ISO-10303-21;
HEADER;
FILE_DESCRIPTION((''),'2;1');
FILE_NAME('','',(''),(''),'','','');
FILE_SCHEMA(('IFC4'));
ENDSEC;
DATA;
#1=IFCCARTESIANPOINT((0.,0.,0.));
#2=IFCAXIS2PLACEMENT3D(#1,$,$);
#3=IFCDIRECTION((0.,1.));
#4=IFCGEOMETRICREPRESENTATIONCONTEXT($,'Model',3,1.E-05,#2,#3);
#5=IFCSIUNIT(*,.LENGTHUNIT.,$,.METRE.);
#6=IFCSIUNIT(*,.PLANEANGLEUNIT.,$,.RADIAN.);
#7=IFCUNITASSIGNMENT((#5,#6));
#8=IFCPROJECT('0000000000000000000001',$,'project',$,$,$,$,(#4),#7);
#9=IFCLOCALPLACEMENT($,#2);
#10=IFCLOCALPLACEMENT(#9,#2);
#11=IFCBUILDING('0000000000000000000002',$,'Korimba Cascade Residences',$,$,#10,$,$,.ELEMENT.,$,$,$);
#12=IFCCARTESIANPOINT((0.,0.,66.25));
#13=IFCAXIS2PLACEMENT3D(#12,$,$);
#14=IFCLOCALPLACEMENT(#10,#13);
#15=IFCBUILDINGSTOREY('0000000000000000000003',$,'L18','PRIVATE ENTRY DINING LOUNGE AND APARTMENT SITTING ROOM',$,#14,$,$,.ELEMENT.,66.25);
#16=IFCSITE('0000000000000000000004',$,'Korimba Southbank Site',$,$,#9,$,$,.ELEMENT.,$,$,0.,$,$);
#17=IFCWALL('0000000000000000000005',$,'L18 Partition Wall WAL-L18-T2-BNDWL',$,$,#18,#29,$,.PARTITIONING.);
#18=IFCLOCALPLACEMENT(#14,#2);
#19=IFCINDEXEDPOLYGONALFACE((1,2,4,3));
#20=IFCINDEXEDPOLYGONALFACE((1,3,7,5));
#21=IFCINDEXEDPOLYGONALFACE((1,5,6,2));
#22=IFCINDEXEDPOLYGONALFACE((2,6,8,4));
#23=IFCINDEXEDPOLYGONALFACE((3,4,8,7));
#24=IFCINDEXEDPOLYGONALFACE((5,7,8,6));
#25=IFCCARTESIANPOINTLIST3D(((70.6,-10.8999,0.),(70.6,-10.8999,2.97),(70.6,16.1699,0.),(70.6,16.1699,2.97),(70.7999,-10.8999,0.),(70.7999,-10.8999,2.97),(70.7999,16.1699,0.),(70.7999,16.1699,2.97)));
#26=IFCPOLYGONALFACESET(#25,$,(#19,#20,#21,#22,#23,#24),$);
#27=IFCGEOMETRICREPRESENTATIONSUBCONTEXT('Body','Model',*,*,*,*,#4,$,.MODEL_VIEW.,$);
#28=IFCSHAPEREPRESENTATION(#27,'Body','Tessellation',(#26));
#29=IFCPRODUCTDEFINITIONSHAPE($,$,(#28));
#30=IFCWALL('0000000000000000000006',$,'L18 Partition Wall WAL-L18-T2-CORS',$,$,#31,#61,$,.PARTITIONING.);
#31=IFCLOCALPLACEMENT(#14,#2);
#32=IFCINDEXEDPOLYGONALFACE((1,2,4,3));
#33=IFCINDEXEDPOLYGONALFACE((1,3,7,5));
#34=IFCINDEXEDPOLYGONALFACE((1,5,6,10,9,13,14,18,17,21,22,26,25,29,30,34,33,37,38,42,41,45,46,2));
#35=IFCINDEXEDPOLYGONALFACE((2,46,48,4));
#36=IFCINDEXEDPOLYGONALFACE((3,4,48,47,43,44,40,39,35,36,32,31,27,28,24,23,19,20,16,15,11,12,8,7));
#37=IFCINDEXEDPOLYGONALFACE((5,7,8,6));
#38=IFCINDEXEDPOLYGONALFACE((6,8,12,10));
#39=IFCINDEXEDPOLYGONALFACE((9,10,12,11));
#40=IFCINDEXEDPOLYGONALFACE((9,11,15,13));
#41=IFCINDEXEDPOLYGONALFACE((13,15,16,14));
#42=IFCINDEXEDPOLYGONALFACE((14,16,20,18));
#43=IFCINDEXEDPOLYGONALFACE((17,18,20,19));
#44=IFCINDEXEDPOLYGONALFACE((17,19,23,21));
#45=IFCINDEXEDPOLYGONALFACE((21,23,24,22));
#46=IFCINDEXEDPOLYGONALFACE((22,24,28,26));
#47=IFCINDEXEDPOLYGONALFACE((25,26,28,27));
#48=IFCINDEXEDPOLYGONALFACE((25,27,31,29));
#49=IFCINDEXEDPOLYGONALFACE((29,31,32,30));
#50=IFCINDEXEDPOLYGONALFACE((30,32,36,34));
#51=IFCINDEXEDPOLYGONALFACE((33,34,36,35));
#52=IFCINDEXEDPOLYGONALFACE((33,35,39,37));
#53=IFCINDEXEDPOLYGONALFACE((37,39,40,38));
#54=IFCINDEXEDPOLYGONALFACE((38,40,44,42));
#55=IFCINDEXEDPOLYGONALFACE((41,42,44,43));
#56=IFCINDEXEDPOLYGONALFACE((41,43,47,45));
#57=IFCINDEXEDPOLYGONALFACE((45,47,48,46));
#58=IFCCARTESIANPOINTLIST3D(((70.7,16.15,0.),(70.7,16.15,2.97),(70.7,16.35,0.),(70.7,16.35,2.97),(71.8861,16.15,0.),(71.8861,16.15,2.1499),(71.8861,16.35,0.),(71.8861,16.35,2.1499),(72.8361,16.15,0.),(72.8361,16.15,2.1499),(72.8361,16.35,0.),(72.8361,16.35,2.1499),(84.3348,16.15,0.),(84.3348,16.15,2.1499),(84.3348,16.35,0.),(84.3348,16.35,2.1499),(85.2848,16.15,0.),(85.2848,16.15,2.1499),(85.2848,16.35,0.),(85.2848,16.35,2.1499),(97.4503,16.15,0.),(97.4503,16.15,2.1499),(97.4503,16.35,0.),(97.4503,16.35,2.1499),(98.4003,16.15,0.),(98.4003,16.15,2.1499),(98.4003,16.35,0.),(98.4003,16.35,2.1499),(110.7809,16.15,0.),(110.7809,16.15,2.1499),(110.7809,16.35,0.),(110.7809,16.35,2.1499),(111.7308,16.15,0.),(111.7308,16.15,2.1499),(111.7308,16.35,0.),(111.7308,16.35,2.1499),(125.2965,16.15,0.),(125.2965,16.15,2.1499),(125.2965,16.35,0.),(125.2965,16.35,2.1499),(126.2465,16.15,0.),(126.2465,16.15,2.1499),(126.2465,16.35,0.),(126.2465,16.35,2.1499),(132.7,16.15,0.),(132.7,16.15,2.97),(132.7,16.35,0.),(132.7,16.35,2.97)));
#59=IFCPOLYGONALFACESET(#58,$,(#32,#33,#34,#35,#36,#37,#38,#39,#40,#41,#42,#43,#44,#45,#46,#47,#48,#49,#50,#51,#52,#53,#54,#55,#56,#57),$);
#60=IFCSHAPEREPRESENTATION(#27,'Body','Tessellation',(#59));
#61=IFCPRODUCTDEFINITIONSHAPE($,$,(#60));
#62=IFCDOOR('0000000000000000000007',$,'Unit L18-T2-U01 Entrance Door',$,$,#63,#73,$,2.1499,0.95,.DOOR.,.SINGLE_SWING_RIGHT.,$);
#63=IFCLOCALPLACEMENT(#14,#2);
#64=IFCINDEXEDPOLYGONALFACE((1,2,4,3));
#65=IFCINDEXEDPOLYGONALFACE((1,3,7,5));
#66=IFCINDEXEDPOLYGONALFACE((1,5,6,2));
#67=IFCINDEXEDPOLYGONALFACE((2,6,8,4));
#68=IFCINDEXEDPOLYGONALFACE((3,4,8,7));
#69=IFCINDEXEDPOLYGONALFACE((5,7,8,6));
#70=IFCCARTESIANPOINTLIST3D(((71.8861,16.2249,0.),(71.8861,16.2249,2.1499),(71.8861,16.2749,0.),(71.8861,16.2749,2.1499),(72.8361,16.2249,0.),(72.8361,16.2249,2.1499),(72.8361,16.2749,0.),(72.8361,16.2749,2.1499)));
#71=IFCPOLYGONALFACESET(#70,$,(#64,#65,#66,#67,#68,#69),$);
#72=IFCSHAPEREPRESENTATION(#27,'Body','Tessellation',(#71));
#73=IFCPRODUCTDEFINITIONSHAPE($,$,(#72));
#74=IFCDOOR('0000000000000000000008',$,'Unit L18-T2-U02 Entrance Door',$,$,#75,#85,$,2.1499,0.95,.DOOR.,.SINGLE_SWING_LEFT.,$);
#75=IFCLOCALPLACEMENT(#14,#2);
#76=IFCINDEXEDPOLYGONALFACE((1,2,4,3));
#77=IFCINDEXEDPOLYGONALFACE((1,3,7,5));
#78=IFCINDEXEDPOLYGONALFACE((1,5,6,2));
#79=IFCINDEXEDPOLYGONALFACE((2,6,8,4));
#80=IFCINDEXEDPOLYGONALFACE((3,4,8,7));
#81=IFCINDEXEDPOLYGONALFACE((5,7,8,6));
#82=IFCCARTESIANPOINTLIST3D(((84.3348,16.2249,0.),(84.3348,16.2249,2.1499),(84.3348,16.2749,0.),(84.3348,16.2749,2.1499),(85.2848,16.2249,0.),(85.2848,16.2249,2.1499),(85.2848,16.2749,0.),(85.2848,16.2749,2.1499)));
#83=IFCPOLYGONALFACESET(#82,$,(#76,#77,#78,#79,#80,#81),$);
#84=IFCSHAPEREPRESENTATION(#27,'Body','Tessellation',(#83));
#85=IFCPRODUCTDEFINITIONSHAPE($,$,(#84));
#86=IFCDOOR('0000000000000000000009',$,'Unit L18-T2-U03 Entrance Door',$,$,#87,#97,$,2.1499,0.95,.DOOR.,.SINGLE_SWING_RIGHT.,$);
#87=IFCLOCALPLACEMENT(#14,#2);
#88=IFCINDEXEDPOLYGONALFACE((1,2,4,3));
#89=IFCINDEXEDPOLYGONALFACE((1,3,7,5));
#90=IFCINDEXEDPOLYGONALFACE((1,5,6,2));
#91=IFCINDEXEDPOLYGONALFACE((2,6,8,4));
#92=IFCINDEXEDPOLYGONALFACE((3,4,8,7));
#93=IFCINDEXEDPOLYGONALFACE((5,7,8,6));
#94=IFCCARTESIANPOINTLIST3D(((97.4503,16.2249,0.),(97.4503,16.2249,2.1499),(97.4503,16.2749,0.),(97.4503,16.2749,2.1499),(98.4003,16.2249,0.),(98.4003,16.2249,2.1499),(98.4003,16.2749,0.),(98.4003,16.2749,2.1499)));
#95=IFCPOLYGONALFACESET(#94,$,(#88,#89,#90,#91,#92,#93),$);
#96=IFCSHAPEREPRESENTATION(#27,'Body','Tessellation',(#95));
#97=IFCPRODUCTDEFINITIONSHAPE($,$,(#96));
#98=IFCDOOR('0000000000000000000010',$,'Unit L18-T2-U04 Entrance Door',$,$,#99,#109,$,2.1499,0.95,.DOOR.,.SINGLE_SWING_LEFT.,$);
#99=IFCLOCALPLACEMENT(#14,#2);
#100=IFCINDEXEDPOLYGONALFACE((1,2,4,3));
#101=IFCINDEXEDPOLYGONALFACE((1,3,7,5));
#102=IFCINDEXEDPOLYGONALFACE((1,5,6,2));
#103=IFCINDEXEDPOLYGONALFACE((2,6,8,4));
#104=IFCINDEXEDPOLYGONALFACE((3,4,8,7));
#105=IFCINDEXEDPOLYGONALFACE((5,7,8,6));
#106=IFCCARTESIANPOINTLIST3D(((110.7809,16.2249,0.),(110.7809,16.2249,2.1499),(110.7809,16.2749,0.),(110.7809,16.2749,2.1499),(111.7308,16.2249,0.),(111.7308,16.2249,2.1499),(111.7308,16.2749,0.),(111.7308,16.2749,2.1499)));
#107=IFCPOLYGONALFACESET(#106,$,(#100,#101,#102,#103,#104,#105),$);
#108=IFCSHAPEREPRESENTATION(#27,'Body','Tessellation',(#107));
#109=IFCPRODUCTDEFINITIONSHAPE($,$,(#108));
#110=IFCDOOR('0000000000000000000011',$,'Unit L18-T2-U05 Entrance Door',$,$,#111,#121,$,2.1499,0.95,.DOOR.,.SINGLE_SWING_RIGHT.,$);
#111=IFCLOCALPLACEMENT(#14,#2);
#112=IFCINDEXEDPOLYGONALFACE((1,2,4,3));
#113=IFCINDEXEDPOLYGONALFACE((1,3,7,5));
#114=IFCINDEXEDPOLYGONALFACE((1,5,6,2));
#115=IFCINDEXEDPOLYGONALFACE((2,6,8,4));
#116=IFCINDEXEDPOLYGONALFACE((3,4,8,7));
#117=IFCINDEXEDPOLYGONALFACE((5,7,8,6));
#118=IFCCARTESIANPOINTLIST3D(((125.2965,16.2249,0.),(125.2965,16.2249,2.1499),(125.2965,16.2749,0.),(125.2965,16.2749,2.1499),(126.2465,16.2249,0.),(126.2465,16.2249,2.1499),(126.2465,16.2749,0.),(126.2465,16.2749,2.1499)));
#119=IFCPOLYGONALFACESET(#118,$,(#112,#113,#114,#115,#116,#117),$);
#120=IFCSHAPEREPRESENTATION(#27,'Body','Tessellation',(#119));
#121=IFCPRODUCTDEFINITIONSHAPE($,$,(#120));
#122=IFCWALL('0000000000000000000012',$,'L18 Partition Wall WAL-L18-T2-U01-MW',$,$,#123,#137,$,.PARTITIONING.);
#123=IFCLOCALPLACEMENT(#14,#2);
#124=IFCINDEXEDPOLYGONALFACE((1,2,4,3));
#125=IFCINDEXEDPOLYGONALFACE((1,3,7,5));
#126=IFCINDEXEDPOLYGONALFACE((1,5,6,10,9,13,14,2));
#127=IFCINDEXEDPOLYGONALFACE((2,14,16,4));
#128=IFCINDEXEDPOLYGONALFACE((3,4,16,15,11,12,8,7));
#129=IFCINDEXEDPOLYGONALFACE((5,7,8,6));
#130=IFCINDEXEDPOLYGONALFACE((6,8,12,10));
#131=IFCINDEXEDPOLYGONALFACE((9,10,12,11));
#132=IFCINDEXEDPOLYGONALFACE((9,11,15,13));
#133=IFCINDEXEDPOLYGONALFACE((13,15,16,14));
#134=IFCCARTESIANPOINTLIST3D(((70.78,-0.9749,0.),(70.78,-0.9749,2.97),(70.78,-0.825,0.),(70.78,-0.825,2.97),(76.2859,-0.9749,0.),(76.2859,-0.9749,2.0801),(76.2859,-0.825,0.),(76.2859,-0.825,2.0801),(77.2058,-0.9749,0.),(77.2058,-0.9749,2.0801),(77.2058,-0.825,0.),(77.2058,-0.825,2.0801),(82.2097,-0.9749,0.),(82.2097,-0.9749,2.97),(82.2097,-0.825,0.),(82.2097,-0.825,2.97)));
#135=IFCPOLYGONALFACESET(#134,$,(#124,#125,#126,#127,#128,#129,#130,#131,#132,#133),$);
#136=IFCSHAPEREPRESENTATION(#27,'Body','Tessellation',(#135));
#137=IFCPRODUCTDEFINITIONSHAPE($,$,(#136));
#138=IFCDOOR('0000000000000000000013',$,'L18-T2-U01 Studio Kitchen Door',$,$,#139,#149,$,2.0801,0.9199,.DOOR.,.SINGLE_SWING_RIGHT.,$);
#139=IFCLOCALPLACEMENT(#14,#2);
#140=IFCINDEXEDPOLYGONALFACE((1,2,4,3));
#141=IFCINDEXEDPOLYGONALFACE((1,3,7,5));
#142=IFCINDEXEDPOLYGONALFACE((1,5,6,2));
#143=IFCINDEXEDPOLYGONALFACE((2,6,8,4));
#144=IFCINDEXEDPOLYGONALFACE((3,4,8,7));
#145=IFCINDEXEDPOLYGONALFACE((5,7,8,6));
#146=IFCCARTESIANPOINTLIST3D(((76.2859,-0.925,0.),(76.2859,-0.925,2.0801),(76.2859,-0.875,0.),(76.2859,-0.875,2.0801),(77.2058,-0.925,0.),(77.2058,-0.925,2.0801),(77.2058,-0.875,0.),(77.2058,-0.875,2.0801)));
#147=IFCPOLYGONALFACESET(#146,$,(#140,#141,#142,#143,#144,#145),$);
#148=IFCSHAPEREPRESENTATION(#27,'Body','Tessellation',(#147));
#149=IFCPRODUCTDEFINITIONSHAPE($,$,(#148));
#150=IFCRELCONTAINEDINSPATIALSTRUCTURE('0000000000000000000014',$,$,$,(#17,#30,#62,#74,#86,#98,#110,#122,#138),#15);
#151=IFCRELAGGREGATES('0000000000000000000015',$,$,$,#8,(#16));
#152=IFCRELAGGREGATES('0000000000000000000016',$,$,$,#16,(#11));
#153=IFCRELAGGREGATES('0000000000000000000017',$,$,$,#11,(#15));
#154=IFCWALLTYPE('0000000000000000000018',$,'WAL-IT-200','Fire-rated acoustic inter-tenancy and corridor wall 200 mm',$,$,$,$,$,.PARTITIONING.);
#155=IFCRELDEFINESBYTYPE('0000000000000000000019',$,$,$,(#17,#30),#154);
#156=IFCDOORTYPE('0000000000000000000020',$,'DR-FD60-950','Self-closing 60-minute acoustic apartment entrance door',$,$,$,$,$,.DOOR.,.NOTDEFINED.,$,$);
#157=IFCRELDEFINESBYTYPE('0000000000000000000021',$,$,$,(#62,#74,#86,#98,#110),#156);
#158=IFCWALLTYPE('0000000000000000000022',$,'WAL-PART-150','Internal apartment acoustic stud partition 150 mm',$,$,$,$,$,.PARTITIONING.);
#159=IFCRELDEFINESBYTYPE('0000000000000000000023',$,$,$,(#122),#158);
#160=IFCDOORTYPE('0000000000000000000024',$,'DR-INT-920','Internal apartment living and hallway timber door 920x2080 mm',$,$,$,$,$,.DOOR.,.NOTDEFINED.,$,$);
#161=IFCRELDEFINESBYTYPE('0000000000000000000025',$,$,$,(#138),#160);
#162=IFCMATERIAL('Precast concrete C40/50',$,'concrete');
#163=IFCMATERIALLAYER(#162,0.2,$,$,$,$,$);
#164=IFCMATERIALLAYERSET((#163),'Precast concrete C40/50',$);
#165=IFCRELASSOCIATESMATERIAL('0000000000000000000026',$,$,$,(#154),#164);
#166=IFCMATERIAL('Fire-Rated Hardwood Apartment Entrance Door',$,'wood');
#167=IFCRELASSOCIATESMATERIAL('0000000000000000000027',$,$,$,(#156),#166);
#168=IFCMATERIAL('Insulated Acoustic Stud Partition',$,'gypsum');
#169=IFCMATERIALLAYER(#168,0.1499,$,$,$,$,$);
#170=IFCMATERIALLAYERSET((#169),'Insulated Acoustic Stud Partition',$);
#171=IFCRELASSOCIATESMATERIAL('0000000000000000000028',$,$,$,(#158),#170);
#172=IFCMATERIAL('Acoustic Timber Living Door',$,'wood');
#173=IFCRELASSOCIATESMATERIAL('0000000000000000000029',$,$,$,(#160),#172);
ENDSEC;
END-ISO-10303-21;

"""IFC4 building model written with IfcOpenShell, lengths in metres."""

from ifc_helpers import new_model, si_unit, direction, frame, frame_2d, origin, place, context, subcontext, project, spatial, rectangle, extrude, material, layer, layer_set, type_object, element, fill, save


model = new_model("IFC4")

# Units and contexts
model_context = context("Model", 3, precision=1e-05, world=origin(), true_north=direction((0.0, 1.0)))
body_context = subcontext(model_context, "Body", "Model", "MODEL_VIEW")
ifc_project = project(units=[si_unit("LENGTHUNIT", "METRE"), si_unit("PLANEANGLEUNIT", "RADIAN")], contexts=[model_context])

# Site, building, storey
site_placement = place(None, origin())
site = spatial("IfcSite", under=ifc_project, at=site_placement, Name="Korimba Southbank Site", CompositionType="ELEMENT", RefElevation=0.0)
building_placement = place(site_placement, origin())
building = spatial("IfcBuilding", under=site, at=building_placement, Name="Korimba Cascade Residences", CompositionType="ELEMENT")
storey_placement = place(building_placement, frame((0.0, 0.0, 66.25)))
storey = spatial("IfcBuildingStorey", under=building, at=storey_placement, Name="L18", Description="PRIVATE ENTRY DINING LOUNGE AND APARTMENT SITTING ROOM", CompositionType="ELEMENT", Elevation=66.25)

# Shared definitions
ifc_material_1 = material(Name="Precast concrete C40/50", Category="concrete")

# Wall
ifc_layer_1 = layer(ifc_material_1, 0.2)
ifc_layer_set_1 = layer_set([ifc_layer_1], Name="Precast concrete C40/50")
wall_type_1 = type_object("IfcWallType", Name="WAL-IT-200", Description="Fire-rated acoustic inter-tenancy and corridor wall 200 mm", PredefinedType="PARTITIONING", material=ifc_layer_set_1)
wall_1_placement = place(storey_placement, frame((70.7, -10.8999, 0.0), z_axis=(0.0, 0.0, 1.0), x_axis=(0.0, 1.0, 0.0)))
element("IfcWall", 1, at=wall_1_placement, inside=storey, type_object=wall_type_1, Name="L18 Partition Wall WAL-L18-T2-BNDWL", PredefinedType="PARTITIONING", context=body_context, shape_type="SweptSolid", body=[
    extrude(rectangle(XDim=27.0698, YDim=0.2, at=frame_2d((13.5349, 0.0))), origin(), (0.0, 0.0, 1.0), 2.97),
])

# Wall, openings, doors
wall_2_placement = place(storey_placement, frame((70.7, 16.25, 0.0), z_axis=(0.0, 0.0, 1.0), x_axis=(1.0, 0.0, 0.0)))
wall_2 = element("IfcWall", 2, at=wall_2_placement, inside=storey, type_object=wall_type_1, Name="L18 Partition Wall WAL-L18-T2-CORS", PredefinedType="PARTITIONING", context=body_context, shape_type="SweptSolid", body=[
    extrude(rectangle(XDim=62.0, YDim=0.2, at=frame_2d((31.0, 0.0))), origin(), (0.0, 0.0, 1.0), 2.97),
])
opening_1_placement = place(wall_2_placement, frame((1.186, 0.0, 0.0)))
opening_1 = element("IfcOpeningElement", 3, at=opening_1_placement, cuts=wall_2, PredefinedType="OPENING", context=body_context, shape_type="SweptSolid", body=[
    extrude(rectangle(XDim=0.95, YDim=2.1499, at=frame_2d((0.4751, 1.075))), frame((0.0, 0.1099, 0.0), z_axis=(0.0, -1.0, 0.0), x_axis=(1.0, 0.0, 0.0)), (0.0, 0.0, 1.0), 0.22),
])
opening_2_placement = place(wall_2_placement, frame((13.6348, 0.0, 0.0)))
opening_2 = element("IfcOpeningElement", 4, at=opening_2_placement, cuts=wall_2, PredefinedType="OPENING", context=body_context, shape_type="SweptSolid", body=[
    extrude(rectangle(XDim=0.95, YDim=2.1499, at=frame_2d((0.4751, 1.075))), frame((0.0, 0.1099, 0.0), z_axis=(0.0, -1.0, 0.0), x_axis=(1.0, 0.0, 0.0)), (0.0, 0.0, 1.0), 0.22),
])
opening_3_placement = place(wall_2_placement, frame((26.7502, 0.0, 0.0)))
opening_3 = element("IfcOpeningElement", 5, at=opening_3_placement, cuts=wall_2, PredefinedType="OPENING", context=body_context, shape_type="SweptSolid", body=[
    extrude(rectangle(XDim=0.95, YDim=2.1499, at=frame_2d((0.4751, 1.075))), frame((0.0, 0.1099, 0.0), z_axis=(0.0, -1.0, 0.0), x_axis=(1.0, 0.0, 0.0)), (0.0, 0.0, 1.0), 0.22),
])
opening_4_placement = place(wall_2_placement, frame((40.0808, 0.0, 0.0)))
opening_4 = element("IfcOpeningElement", 6, at=opening_4_placement, cuts=wall_2, PredefinedType="OPENING", context=body_context, shape_type="SweptSolid", body=[
    extrude(rectangle(XDim=0.95, YDim=2.1499, at=frame_2d((0.4751, 1.075))), frame((0.0, 0.1099, 0.0), z_axis=(0.0, -1.0, 0.0), x_axis=(1.0, 0.0, 0.0)), (0.0, 0.0, 1.0), 0.22),
])
opening_5_placement = place(wall_2_placement, frame((54.5964, 0.0, 0.0)))
opening_5 = element("IfcOpeningElement", 7, at=opening_5_placement, cuts=wall_2, PredefinedType="OPENING", context=body_context, shape_type="SweptSolid", body=[
    extrude(rectangle(XDim=0.95, YDim=2.1499, at=frame_2d((0.4751, 1.075))), frame((0.0, 0.1099, 0.0), z_axis=(0.0, -1.0, 0.0), x_axis=(1.0, 0.0, 0.0)), (0.0, 0.0, 1.0), 0.22),
])
ifc_material_2 = material(Name="Fire-Rated Hardwood Apartment Entrance Door", Category="wood")
door_type_1 = type_object("IfcDoorType", Name="DR-FD60-950", Description="Self-closing 60-minute acoustic apartment entrance door", OperationType="NOTDEFINED", PredefinedType="DOOR", material=ifc_material_2)
door_1_placement = place(opening_1_placement, origin())
door_1 = element("IfcDoor", 8, at=door_1_placement, inside=storey, type_object=door_type_1, Name="Unit L18-T2-U01 Entrance Door", OperationType="SINGLE_SWING_RIGHT", OverallHeight=2.1499, OverallWidth=0.95, PredefinedType="DOOR", context=body_context, shape_type="SweptSolid", body=[
    extrude(rectangle(XDim=0.95, YDim=2.1499, at=frame_2d((0.4751, 1.075))), frame((0.0, 0.0249, 0.0), z_axis=(0.0, -1.0, 0.0), x_axis=(1.0, 0.0, 0.0)), (0.0, 0.0, 1.0), 0.05),
])
fill(opening_1, door_1)
door_2_placement = place(opening_2_placement, origin())
door_2 = element("IfcDoor", 9, at=door_2_placement, inside=storey, type_object=door_type_1, Name="Unit L18-T2-U02 Entrance Door", OperationType="SINGLE_SWING_LEFT", OverallHeight=2.1499, OverallWidth=0.95, PredefinedType="DOOR", context=body_context, shape_type="SweptSolid", body=[
    extrude(rectangle(XDim=0.95, YDim=2.1499, at=frame_2d((0.4751, 1.075))), frame((0.0, 0.0249, 0.0), z_axis=(0.0, -1.0, 0.0), x_axis=(1.0, 0.0, 0.0)), (0.0, 0.0, 1.0), 0.05),
])
fill(opening_2, door_2)
door_3_placement = place(opening_3_placement, origin())
door_3 = element("IfcDoor", 10, at=door_3_placement, inside=storey, type_object=door_type_1, Name="Unit L18-T2-U03 Entrance Door", OperationType="SINGLE_SWING_RIGHT", OverallHeight=2.1499, OverallWidth=0.95, PredefinedType="DOOR", context=body_context, shape_type="SweptSolid", body=[
    extrude(rectangle(XDim=0.95, YDim=2.1499, at=frame_2d((0.4751, 1.075))), frame((0.0, 0.0249, 0.0), z_axis=(0.0, -1.0, 0.0), x_axis=(1.0, 0.0, 0.0)), (0.0, 0.0, 1.0), 0.05),
])
fill(opening_3, door_3)
door_4_placement = place(opening_4_placement, origin())
door_4 = element("IfcDoor", 11, at=door_4_placement, inside=storey, type_object=door_type_1, Name="Unit L18-T2-U04 Entrance Door", OperationType="SINGLE_SWING_LEFT", OverallHeight=2.1499, OverallWidth=0.95, PredefinedType="DOOR", context=body_context, shape_type="SweptSolid", body=[
    extrude(rectangle(XDim=0.95, YDim=2.1499, at=frame_2d((0.4751, 1.075))), frame((0.0, 0.0249, 0.0), z_axis=(0.0, -1.0, 0.0), x_axis=(1.0, 0.0, 0.0)), (0.0, 0.0, 1.0), 0.05),
])
fill(opening_4, door_4)
door_5_placement = place(opening_5_placement, origin())
door_5 = element("IfcDoor", 12, at=door_5_placement, inside=storey, type_object=door_type_1, Name="Unit L18-T2-U05 Entrance Door", OperationType="SINGLE_SWING_RIGHT", OverallHeight=2.1499, OverallWidth=0.95, PredefinedType="DOOR", context=body_context, shape_type="SweptSolid", body=[
    extrude(rectangle(XDim=0.95, YDim=2.1499, at=frame_2d((0.4751, 1.075))), frame((0.0, 0.0249, 0.0), z_axis=(0.0, -1.0, 0.0), x_axis=(1.0, 0.0, 0.0)), (0.0, 0.0, 1.0), 0.05),
])
fill(opening_5, door_5)

# Wall, opening, door
ifc_material_3 = material(Name="Insulated Acoustic Stud Partition", Category="gypsum")
ifc_layer_2 = layer(ifc_material_3, 0.1499)
ifc_layer_set_2 = layer_set([ifc_layer_2], Name="Insulated Acoustic Stud Partition")
wall_type_2 = type_object("IfcWallType", Name="WAL-PART-150", Description="Internal apartment acoustic stud partition 150 mm", PredefinedType="PARTITIONING", material=ifc_layer_set_2)
wall_3_placement = place(storey_placement, frame((70.78, -0.8999, 0.0), z_axis=(0.0, 0.0, 1.0), x_axis=(1.0, 0.0, 0.0)))
wall_3 = element("IfcWall", 13, at=wall_3_placement, inside=storey, type_object=wall_type_2, Name="L18 Partition Wall WAL-L18-T2-U01-MW", PredefinedType="PARTITIONING", context=body_context, shape_type="SweptSolid", body=[
    extrude(rectangle(XDim=11.4297, YDim=0.1499, at=frame_2d((5.7148, 0.0))), origin(), (0.0, 0.0, 1.0), 2.97),
])
opening_6_placement = place(wall_3_placement, frame((5.5059, 0.0, 0.0)))
opening_6 = element("IfcOpeningElement", 14, at=opening_6_placement, cuts=wall_3, PredefinedType="OPENING", context=body_context, shape_type="SweptSolid", body=[
    extrude(rectangle(XDim=0.9199, YDim=2.0801, at=frame_2d((0.46, 1.04))), frame((0.0, 0.085, 0.0), z_axis=(0.0, -1.0, 0.0), x_axis=(1.0, 0.0, 0.0)), (0.0, 0.0, 1.0), 0.1699),
])
ifc_material_4 = material(Name="Acoustic Timber Living Door", Category="wood")
door_type_2 = type_object("IfcDoorType", Name="DR-INT-920", Description="Internal apartment living and hallway timber door 920x2080 mm", OperationType="NOTDEFINED", PredefinedType="DOOR", material=ifc_material_4)
door_6_placement = place(opening_6_placement, origin())
door_6 = element("IfcDoor", 15, at=door_6_placement, inside=storey, type_object=door_type_2, Name="L18-T2-U01 Studio Kitchen Door", OperationType="SINGLE_SWING_RIGHT", OverallHeight=2.0801, OverallWidth=0.9199, PredefinedType="DOOR", context=body_context, shape_type="SweptSolid", body=[
    extrude(rectangle(XDim=0.9199, YDim=2.0801, at=frame_2d((0.46, 1.04))), frame((0.0, 0.0249, 0.0), z_axis=(0.0, -1.0, 0.0), x_axis=(1.0, 0.0, 0.0)), (0.0, 0.0, 1.0), 0.05),
])
fill(opening_6, door_6)

save(model, "model.ifc")
